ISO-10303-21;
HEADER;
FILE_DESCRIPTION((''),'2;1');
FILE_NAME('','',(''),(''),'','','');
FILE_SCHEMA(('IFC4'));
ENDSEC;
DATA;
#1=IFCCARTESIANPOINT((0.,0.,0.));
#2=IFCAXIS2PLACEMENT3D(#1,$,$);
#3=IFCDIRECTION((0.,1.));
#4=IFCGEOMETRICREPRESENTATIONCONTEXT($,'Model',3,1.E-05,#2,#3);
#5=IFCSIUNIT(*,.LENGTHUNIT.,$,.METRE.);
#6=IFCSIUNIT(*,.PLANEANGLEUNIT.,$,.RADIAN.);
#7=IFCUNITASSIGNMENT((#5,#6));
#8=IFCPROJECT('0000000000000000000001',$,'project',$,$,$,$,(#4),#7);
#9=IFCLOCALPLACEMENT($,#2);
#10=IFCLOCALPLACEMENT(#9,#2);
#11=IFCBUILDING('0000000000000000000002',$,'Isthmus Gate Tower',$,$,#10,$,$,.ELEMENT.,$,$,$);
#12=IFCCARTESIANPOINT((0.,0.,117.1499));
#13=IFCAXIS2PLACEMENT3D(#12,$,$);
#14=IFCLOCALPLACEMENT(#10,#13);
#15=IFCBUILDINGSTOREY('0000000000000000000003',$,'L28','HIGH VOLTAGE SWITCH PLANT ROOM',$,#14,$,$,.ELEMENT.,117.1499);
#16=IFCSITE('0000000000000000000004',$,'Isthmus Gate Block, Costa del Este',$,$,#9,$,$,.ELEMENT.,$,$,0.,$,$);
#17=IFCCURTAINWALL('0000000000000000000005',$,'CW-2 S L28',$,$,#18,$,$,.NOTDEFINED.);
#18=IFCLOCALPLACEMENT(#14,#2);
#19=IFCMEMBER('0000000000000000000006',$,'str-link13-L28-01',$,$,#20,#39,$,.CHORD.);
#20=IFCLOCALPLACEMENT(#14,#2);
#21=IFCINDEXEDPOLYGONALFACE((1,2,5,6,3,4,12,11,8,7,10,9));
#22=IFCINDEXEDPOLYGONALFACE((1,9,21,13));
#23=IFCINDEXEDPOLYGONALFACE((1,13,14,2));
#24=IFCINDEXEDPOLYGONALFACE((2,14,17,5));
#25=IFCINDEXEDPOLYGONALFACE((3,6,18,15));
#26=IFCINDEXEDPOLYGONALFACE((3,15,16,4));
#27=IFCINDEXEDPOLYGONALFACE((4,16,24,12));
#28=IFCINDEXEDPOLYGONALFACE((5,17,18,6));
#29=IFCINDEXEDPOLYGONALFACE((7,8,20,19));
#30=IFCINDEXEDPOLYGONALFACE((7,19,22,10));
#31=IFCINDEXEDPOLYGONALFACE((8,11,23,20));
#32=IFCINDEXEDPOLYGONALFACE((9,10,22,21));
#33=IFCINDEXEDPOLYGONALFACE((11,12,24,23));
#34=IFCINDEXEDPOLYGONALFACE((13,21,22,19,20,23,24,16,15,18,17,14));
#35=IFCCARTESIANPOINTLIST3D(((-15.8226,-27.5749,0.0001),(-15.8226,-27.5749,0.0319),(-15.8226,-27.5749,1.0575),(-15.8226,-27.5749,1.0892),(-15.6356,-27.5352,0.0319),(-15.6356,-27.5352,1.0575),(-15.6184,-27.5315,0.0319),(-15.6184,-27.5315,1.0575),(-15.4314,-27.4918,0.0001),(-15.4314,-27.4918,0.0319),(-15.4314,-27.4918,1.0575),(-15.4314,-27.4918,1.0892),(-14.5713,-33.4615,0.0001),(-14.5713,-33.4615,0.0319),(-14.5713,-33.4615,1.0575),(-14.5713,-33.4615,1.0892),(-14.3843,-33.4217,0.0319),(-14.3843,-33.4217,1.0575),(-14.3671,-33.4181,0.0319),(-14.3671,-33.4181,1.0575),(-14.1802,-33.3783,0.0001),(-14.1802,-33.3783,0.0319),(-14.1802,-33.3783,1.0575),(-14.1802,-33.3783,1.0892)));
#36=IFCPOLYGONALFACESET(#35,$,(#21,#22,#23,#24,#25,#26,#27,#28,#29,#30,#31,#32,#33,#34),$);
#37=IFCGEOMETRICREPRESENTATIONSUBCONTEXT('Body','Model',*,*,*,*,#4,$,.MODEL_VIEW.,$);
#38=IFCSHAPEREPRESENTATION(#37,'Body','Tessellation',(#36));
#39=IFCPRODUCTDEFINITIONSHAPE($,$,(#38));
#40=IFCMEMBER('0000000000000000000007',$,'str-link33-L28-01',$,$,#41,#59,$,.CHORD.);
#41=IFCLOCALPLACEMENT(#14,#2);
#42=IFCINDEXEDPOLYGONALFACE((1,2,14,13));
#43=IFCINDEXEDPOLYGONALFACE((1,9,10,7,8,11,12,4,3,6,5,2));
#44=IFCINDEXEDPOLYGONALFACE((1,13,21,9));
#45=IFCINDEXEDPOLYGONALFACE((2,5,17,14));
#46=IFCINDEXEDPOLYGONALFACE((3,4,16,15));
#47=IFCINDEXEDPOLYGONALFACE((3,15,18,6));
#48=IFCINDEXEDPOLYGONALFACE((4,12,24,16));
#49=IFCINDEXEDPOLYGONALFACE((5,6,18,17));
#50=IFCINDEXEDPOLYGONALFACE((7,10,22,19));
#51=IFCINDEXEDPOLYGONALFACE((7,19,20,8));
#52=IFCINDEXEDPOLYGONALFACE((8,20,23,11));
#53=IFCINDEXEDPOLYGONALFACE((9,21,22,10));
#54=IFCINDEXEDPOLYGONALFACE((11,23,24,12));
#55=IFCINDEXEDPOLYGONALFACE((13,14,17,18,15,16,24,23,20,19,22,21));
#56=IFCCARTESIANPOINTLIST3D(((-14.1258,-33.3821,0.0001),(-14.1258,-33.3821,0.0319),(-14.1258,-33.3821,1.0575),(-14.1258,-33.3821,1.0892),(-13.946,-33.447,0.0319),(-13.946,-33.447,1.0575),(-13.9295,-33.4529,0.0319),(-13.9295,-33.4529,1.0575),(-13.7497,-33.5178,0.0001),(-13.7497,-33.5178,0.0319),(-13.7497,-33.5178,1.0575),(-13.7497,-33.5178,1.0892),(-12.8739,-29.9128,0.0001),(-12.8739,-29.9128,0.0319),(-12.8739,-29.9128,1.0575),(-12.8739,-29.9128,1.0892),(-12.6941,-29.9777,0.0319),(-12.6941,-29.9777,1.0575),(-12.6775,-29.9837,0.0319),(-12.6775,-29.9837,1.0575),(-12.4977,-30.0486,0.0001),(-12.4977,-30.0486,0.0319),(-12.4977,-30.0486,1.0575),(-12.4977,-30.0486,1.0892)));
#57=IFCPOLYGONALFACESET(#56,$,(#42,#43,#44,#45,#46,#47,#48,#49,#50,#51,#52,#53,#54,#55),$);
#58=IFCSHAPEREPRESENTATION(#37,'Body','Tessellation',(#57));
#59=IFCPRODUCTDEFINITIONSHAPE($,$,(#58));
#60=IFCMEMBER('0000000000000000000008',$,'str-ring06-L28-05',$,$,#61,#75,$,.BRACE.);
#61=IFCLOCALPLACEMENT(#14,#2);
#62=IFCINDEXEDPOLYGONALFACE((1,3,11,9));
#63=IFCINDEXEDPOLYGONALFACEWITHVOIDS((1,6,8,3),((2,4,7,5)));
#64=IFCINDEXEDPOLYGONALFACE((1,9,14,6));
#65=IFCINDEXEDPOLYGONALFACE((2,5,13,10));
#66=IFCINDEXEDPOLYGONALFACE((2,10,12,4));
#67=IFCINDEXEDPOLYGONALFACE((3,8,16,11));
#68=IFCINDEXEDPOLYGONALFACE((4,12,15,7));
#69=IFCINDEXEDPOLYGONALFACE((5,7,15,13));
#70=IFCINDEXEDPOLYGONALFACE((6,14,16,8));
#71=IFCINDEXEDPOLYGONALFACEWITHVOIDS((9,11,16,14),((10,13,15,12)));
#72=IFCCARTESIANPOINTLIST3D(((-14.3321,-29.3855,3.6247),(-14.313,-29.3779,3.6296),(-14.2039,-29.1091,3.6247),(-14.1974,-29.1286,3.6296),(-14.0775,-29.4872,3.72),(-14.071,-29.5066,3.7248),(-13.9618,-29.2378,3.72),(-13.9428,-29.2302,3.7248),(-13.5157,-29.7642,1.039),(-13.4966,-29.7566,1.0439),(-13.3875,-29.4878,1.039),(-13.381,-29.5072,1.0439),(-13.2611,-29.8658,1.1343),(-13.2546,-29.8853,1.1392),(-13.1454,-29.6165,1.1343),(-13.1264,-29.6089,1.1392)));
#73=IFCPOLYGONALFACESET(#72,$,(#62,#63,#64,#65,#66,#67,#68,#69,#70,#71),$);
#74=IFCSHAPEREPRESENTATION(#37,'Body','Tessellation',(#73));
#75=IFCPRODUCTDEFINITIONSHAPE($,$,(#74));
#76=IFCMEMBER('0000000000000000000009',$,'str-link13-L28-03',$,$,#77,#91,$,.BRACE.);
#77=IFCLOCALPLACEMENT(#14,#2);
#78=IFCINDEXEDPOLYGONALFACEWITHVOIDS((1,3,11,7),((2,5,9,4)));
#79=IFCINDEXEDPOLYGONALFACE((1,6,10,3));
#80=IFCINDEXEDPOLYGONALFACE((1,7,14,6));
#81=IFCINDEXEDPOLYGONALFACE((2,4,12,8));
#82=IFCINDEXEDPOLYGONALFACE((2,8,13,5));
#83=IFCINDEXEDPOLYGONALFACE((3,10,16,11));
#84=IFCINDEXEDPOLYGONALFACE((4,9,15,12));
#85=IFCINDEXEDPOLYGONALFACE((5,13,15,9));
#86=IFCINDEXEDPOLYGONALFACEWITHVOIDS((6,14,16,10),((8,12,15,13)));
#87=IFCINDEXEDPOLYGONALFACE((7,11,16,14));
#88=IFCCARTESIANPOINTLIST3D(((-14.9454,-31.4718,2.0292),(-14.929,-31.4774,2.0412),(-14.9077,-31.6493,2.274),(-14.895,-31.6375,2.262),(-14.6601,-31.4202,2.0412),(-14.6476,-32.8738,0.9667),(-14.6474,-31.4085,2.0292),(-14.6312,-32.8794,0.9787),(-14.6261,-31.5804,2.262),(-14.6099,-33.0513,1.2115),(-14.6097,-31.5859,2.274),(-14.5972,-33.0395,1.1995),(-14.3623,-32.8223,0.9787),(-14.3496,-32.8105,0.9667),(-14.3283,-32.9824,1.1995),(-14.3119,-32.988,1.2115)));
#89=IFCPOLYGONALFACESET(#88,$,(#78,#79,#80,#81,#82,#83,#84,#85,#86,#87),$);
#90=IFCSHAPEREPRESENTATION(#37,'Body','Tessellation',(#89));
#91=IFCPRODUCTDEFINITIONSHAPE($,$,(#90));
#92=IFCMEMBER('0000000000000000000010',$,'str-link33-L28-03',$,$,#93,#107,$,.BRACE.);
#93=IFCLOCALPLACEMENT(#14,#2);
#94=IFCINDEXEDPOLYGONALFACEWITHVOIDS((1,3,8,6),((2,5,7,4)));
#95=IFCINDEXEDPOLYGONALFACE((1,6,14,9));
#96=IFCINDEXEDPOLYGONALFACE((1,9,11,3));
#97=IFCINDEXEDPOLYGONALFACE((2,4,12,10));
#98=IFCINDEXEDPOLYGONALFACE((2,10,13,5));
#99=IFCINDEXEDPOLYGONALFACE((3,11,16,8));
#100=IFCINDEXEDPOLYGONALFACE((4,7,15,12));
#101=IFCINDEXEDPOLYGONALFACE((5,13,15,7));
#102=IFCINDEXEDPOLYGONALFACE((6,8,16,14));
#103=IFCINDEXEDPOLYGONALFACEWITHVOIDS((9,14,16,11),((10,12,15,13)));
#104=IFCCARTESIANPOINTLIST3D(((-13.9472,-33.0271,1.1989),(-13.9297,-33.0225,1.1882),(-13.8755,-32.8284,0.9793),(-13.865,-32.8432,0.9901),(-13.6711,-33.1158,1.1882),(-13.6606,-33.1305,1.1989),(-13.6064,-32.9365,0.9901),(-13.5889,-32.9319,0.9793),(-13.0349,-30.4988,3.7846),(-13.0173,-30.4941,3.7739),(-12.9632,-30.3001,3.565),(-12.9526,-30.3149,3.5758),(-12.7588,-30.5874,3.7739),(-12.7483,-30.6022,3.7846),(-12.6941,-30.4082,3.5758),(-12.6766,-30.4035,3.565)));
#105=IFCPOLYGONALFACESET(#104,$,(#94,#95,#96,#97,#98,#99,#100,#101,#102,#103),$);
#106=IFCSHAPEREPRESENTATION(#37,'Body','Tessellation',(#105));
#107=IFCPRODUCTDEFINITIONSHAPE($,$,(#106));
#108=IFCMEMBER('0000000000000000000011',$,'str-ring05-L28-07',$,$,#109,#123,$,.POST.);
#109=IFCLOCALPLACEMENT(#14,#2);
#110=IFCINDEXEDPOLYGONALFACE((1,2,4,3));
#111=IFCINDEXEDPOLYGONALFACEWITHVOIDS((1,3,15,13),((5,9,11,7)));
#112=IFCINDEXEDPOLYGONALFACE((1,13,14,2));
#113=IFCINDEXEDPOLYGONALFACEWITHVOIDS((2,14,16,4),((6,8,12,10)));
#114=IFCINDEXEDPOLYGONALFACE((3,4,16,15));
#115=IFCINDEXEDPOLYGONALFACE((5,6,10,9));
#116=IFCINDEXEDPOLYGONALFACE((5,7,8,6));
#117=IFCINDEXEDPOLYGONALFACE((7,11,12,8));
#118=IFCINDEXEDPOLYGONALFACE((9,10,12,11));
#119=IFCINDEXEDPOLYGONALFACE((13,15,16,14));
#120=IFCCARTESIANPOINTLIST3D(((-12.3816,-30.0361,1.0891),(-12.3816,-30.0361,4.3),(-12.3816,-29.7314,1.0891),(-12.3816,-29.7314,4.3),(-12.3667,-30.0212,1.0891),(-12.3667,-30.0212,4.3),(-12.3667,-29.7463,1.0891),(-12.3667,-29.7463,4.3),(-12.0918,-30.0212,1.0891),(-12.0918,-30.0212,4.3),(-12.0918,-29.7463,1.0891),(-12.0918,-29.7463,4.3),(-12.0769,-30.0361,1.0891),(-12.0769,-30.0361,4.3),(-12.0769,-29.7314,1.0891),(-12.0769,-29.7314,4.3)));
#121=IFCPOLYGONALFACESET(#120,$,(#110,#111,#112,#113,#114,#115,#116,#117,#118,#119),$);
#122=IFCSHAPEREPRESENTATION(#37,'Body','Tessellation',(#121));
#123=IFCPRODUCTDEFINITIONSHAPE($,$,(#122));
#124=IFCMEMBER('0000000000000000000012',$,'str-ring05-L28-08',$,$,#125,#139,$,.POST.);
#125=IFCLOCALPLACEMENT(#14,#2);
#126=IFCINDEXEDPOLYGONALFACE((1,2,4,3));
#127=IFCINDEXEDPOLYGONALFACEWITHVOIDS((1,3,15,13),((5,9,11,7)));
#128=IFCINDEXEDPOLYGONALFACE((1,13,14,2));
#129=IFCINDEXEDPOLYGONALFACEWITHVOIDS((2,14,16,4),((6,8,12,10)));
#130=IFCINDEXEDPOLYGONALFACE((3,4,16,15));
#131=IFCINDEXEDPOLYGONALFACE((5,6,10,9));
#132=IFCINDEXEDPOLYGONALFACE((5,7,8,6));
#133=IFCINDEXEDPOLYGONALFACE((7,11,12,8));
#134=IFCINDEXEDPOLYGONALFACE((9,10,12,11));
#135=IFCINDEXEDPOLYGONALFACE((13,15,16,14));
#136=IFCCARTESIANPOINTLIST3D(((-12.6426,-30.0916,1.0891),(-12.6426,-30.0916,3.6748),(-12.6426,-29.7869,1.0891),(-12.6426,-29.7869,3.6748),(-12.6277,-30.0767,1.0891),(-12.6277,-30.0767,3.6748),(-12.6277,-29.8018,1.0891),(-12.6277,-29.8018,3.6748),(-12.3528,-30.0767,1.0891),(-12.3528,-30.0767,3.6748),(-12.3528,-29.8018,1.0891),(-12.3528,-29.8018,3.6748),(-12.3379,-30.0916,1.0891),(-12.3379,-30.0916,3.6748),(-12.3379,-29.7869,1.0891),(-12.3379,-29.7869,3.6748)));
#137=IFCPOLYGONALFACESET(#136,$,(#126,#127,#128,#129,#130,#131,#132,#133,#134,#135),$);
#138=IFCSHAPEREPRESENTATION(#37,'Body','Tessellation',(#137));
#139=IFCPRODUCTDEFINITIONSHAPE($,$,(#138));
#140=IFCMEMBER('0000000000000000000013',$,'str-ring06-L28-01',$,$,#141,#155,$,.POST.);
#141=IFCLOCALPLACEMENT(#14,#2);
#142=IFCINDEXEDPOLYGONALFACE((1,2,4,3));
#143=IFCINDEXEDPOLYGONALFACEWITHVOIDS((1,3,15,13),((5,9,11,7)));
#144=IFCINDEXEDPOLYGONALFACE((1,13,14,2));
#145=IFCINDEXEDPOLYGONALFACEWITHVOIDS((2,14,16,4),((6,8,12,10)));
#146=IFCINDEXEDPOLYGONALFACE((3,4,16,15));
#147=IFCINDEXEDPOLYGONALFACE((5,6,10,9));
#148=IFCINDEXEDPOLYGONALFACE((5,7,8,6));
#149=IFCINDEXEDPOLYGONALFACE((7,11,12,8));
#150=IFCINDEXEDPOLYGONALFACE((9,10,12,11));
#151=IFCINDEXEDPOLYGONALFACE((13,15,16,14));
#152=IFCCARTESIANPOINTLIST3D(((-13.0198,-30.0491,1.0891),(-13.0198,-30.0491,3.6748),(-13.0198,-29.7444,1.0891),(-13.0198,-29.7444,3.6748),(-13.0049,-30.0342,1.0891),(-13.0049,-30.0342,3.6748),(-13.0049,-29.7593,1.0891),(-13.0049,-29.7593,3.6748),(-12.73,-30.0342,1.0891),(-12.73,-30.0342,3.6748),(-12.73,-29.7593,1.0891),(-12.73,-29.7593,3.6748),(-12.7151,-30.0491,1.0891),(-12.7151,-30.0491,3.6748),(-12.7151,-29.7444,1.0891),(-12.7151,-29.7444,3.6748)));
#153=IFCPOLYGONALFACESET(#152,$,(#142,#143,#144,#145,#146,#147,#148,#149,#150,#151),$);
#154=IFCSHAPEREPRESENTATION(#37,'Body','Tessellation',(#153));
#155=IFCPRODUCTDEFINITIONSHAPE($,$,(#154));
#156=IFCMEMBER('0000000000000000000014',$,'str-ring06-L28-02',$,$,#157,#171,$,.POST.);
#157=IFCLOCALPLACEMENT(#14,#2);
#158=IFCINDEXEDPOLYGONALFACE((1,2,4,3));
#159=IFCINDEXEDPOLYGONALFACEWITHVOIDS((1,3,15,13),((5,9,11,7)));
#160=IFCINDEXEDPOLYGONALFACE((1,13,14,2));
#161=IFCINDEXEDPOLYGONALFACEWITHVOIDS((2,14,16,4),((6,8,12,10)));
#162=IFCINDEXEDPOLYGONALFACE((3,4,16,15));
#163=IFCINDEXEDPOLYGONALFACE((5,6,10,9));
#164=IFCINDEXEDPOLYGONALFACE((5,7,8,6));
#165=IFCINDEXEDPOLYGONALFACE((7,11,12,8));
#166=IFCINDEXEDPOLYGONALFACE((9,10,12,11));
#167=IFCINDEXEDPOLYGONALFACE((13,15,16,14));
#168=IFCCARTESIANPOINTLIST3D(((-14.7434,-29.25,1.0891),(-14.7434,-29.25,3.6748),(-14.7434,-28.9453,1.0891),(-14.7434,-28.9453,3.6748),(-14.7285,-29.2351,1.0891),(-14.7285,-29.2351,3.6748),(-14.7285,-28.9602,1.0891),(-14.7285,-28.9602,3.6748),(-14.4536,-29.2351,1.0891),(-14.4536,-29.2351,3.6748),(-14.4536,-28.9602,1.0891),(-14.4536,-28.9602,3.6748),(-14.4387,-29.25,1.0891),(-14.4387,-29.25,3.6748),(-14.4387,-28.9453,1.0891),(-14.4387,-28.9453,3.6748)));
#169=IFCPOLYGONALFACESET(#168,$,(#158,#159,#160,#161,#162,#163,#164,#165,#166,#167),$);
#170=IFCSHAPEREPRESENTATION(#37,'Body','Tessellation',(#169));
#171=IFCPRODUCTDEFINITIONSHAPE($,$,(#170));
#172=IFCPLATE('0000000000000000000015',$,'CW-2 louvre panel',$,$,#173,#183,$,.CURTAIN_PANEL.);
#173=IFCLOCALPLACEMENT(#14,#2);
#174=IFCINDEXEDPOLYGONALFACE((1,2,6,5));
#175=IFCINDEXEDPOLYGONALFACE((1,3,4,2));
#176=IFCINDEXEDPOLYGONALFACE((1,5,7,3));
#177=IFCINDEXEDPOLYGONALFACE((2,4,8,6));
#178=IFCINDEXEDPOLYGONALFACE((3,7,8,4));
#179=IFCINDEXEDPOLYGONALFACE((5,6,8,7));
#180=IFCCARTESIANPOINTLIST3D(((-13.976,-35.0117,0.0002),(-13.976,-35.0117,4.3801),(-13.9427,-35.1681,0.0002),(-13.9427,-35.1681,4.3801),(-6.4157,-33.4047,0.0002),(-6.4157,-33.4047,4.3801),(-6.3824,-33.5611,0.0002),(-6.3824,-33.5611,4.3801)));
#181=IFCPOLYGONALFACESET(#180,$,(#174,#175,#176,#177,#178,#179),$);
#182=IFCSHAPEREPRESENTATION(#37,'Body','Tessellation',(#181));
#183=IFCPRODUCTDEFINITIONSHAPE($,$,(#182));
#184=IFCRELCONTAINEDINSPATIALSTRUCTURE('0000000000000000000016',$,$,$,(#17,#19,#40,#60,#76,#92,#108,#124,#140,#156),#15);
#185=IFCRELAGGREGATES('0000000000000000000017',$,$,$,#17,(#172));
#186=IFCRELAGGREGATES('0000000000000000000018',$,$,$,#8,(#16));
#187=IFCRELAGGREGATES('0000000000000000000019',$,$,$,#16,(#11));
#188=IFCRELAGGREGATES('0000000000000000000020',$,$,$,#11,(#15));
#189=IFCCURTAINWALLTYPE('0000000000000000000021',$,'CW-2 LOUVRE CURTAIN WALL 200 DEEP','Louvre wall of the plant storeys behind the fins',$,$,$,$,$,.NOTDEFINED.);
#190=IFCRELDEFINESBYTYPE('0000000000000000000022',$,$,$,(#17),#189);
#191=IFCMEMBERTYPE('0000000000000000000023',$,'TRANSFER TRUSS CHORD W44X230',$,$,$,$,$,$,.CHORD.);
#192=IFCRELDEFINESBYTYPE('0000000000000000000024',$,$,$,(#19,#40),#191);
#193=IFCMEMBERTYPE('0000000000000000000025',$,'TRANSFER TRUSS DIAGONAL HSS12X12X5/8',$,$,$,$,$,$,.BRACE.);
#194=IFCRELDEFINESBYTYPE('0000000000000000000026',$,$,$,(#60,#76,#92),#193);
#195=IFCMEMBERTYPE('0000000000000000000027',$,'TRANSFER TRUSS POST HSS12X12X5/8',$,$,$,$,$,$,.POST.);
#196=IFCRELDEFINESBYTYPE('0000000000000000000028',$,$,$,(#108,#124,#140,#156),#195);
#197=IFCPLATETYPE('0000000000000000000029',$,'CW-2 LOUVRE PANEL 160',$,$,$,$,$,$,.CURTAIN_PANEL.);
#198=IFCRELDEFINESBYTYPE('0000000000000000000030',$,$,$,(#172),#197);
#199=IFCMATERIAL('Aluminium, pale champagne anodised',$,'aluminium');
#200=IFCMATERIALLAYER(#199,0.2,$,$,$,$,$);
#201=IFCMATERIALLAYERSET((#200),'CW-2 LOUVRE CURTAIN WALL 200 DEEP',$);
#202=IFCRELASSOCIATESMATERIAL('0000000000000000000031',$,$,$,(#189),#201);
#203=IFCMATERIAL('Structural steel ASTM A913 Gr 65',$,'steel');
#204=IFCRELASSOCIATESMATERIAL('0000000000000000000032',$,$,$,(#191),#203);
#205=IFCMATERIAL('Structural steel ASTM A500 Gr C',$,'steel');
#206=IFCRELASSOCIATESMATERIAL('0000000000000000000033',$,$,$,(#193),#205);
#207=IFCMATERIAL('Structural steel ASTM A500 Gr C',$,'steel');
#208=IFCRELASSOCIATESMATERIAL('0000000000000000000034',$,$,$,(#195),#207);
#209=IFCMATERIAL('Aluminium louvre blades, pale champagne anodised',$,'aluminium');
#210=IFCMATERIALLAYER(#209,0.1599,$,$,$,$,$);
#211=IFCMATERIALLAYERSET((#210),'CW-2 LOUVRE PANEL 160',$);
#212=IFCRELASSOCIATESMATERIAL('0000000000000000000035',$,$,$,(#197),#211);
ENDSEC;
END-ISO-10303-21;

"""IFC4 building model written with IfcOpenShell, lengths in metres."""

from ifc_helpers import new_model, si_unit, direction, frame, origin, origin_2d, place, context, subcontext, project, spatial, rectangle, hollow_rectangle, i_section, extrude, material, layer, layer_set, material_profile, profile_set, type_object, element, aggregate, save


model = new_model("IFC4")

# Units and contexts
model_context = context("Model", 3, precision=1e-05, world=origin(), true_north=direction((0.0, 1.0)))
body_context = subcontext(model_context, "Body", "Model", "MODEL_VIEW")
ifc_project = project(units=[si_unit("LENGTHUNIT", "METRE"), si_unit("PLANEANGLEUNIT", "RADIAN")], contexts=[model_context])

# Site, building, storey
site_placement = place(None, origin())
site = spatial("IfcSite", under=ifc_project, at=site_placement, Name="Isthmus Gate Block, Costa del Este", CompositionType="ELEMENT", RefElevation=0.0)
building_placement = place(site_placement, origin())
building = spatial("IfcBuilding", under=site, at=building_placement, Name="Isthmus Gate Tower", CompositionType="ELEMENT")
storey_placement = place(building_placement, frame((0.0, 0.0, 117.1499)))
storey = spatial("IfcBuildingStorey", under=building, at=storey_placement, Name="L28", Description="HIGH VOLTAGE SWITCH PLANT ROOM", CompositionType="ELEMENT", Elevation=117.1499)

# Curtain wall
ifc_material_1 = material(Name="Aluminium, pale champagne anodised", Category="aluminium")
ifc_layer_1 = layer(ifc_material_1, 0.2)
ifc_layer_set_1 = layer_set([ifc_layer_1], Name="CW-2 LOUVRE CURTAIN WALL 200 DEEP")
curtain_wall_type = type_object("IfcCurtainWallType", Name="CW-2 LOUVRE CURTAIN WALL 200 DEEP", Description="Louvre wall of the plant storeys behind the fins", PredefinedType="NOTDEFINED", material=ifc_layer_set_1)
curtain_wall_placement = place(storey_placement, origin())
curtain_wall = element("IfcCurtainWall", 1, at=curtain_wall_placement, inside=storey, type_object=curtain_wall_type, Name="CW-2 S L28", PredefinedType="NOTDEFINED")

# Members
ifc_material_2 = material(Name="Structural steel ASTM A913 Gr 65", Category="steel")
ifc_material_profile_1 = material_profile(ifc_material_2, i_section(OverallWidth=0.3999, OverallDepth=1.0891, WebThickness=0.0176, FlangeThickness=0.0317, at=origin_2d()), Name="W44X230")
ifc_profile_set_1 = profile_set([ifc_material_profile_1], Name="Structural steel ASTM A913 Gr 65")
member_type_1 = type_object("IfcMemberType", Name="TRANSFER TRUSS CHORD W44X230", PredefinedType="CHORD", material=ifc_profile_set_1)
member_1_placement = place(storey_placement, frame((-14.3757, -33.4199, 0.5447), z_axis=(-0.207914, 0.978147, 0.0), x_axis=(-0.978147, -0.207914, 0.0)))
element("IfcMember", 2, at=member_1_placement, inside=storey, type_object=member_type_1, Name="str-link13-L28-01", PredefinedType="CHORD", context=body_context, shape_type="SweptSolid", body=[
    extrude(i_section(OverallWidth=0.3999, OverallDepth=1.0891, WebThickness=0.0176, FlangeThickness=0.0317, at=origin_2d()), origin(), (0.0, 0.0, 1.0), 6.0181),
])
member_2_placement = place(storey_placement, frame((-13.9377, -33.45, 0.5447), z_axis=(0.339446, 0.940626, 0.0), x_axis=(-0.940626, 0.339446, 0.0)))
element("IfcMember", 3, at=member_2_placement, inside=storey, type_object=member_type_1, Name="str-link33-L28-01", PredefinedType="CHORD", context=body_context, shape_type="SweptSolid", body=[
    extrude(i_section(OverallWidth=0.3999, OverallDepth=1.0891, WebThickness=0.0176, FlangeThickness=0.0317, at=origin_2d()), origin(), (0.0, 0.0, 1.0), 3.6882),
])
ifc_material_3 = material(Name="Structural steel ASTM A500 Gr C", Category="steel")
ifc_material_profile_2 = material_profile(ifc_material_3, hollow_rectangle(XDim=0.3047, YDim=0.3047, WallThickness=0.0149, at=origin_2d()), Name="HSS12X12X5/8")
ifc_profile_set_2 = profile_set([ifc_material_profile_2], Name="Structural steel ASTM A500 Gr C")
member_type_2 = type_object("IfcMemberType", Name="TRANSFER TRUSS DIAGONAL HSS12X12X5/8", PredefinedType="BRACE", material=ifc_profile_set_2)
member_3_placement = place(storey_placement, frame((-13.321, -29.6865, 1.0891), z_axis=(-0.298195, 0.138307, 0.944432), x_axis=(-0.420761, -0.907172, 0.0)))
element("IfcMember", 4, at=member_3_placement, inside=storey, type_object=member_type_2, Name="str-ring06-L28-05", PredefinedType="BRACE", context=body_context, shape_type="SweptSolid", body=[
    extrude(hollow_rectangle(XDim=0.3047, YDim=0.3047, WallThickness=0.0149, at=origin_2d()), origin(), (0.0, 0.0, 1.0), 2.7378),
])
member_4_placement = place(storey_placement, frame((-14.4797, -32.9309, 1.0891), z_axis=(-0.166935, 0.785825, 0.595492), x_axis=(-0.978172, -0.207796, 0.0)))
element("IfcMember", 5, at=member_4_placement, inside=storey, type_object=member_type_2, Name="str-link13-L28-03", PredefinedType="BRACE", context=body_context, shape_type="SweptSolid", body=[
    extrude(hollow_rectangle(XDim=0.3047, YDim=0.3047, WallThickness=0.0149, at=origin_2d()), origin(), (0.0, 0.0, 1.0), 1.7842),
])
member_5_placement = place(storey_placement, frame((-13.7681, -32.9795, 1.0891), z_axis=(0.244619, 0.67789, 0.693273), x_axis=(-0.940631, 0.33943, 0.0)))
element("IfcMember", 6, at=member_5_placement, inside=storey, type_object=member_type_2, Name="str-link33-L28-03", PredefinedType="BRACE", context=body_context, shape_type="SweptSolid", body=[
    extrude(hollow_rectangle(XDim=0.3047, YDim=0.3047, WallThickness=0.0149, at=origin_2d()), origin(), (0.0, 0.0, 1.0), 3.7297),
])
ifc_material_4 = material(Name="Structural steel ASTM A500 Gr C", Category="steel")
ifc_material_profile_3 = material_profile(ifc_material_4, hollow_rectangle(XDim=0.3047, YDim=0.3047, WallThickness=0.0149, at=origin_2d()), Name="HSS12X12X5/8")
ifc_profile_set_3 = profile_set([ifc_material_profile_3], Name="Structural steel ASTM A500 Gr C")
member_type_3 = type_object("IfcMemberType", Name="TRANSFER TRUSS POST HSS12X12X5/8", PredefinedType="POST", material=ifc_profile_set_3)
member_6_placement = place(storey_placement, frame((-12.2292, -29.8838, 1.0891), z_axis=(0.0, 0.0, 1.0), x_axis=(1.0, 0.0, 0.0)))
element("IfcMember", 7, at=member_6_placement, inside=storey, type_object=member_type_3, Name="str-ring05-L28-07", PredefinedType="POST", context=body_context, shape_type="SweptSolid", body=[
    extrude(hollow_rectangle(XDim=0.3047, YDim=0.3047, WallThickness=0.0149, at=origin_2d()), origin(), (0.0, 0.0, 1.0), 3.2109),
])
for number, where, z_axis, x_axis, name in (
    (8, (-12.4902, -29.9392, 1.0891), (0.0, 0.0, 1.0), (1.0, 0.0, 0.0), "str-ring05-L28-08"),
    (9, (-12.8674, -29.8967, 1.0891), (0.0, 0.0, 1.0), (1.0, 0.0, 0.0), "str-ring06-L28-01"),
    (10, (-14.5911, -29.0977, 1.0891), (0.0, 0.0, 1.0), (1.0, 0.0, 0.0), "str-ring06-L28-02"),
):
    element("IfcMember", number, at=place(storey_placement, frame(where, z_axis=z_axis, x_axis=x_axis)), inside=storey, type_object=member_type_3, Name=name, PredefinedType="POST", context=body_context, shape_type="SweptSolid", body=[
        extrude(hollow_rectangle(XDim=0.3047, YDim=0.3047, WallThickness=0.0149, at=origin_2d()), origin(), (0.0, 0.0, 1.0), 2.5857),
    ])

# Plate
ifc_material_5 = material(Name="Aluminium louvre blades, pale champagne anodised", Category="aluminium")
ifc_layer_2 = layer(ifc_material_5, 0.1599)
ifc_layer_set_2 = layer_set([ifc_layer_2], Name="CW-2 LOUVRE PANEL 160")
plate_type = type_object("IfcPlateType", Name="CW-2 LOUVRE PANEL 160", PredefinedType="CURTAIN_PANEL", material=ifc_layer_set_2)
plate_placement = place(storey_placement, frame((-10.1792, -34.2864, 0.0002), z_axis=(0.0, 0.0, 1.0), x_axis=(0.978148, 0.207912, 0.0)))
plate = element("IfcPlate", 11, at=plate_placement, type_object=plate_type, Name="CW-2 louvre panel", PredefinedType="CURTAIN_PANEL", context=body_context, shape_type="SweptSolid", body=[
    extrude(rectangle(XDim=7.7292, YDim=0.1599, at=origin_2d()), origin(), (0.0, 0.0, 1.0), 4.3799),
])
aggregate(curtain_wall, [plate])

save(model, "model.ifc")
